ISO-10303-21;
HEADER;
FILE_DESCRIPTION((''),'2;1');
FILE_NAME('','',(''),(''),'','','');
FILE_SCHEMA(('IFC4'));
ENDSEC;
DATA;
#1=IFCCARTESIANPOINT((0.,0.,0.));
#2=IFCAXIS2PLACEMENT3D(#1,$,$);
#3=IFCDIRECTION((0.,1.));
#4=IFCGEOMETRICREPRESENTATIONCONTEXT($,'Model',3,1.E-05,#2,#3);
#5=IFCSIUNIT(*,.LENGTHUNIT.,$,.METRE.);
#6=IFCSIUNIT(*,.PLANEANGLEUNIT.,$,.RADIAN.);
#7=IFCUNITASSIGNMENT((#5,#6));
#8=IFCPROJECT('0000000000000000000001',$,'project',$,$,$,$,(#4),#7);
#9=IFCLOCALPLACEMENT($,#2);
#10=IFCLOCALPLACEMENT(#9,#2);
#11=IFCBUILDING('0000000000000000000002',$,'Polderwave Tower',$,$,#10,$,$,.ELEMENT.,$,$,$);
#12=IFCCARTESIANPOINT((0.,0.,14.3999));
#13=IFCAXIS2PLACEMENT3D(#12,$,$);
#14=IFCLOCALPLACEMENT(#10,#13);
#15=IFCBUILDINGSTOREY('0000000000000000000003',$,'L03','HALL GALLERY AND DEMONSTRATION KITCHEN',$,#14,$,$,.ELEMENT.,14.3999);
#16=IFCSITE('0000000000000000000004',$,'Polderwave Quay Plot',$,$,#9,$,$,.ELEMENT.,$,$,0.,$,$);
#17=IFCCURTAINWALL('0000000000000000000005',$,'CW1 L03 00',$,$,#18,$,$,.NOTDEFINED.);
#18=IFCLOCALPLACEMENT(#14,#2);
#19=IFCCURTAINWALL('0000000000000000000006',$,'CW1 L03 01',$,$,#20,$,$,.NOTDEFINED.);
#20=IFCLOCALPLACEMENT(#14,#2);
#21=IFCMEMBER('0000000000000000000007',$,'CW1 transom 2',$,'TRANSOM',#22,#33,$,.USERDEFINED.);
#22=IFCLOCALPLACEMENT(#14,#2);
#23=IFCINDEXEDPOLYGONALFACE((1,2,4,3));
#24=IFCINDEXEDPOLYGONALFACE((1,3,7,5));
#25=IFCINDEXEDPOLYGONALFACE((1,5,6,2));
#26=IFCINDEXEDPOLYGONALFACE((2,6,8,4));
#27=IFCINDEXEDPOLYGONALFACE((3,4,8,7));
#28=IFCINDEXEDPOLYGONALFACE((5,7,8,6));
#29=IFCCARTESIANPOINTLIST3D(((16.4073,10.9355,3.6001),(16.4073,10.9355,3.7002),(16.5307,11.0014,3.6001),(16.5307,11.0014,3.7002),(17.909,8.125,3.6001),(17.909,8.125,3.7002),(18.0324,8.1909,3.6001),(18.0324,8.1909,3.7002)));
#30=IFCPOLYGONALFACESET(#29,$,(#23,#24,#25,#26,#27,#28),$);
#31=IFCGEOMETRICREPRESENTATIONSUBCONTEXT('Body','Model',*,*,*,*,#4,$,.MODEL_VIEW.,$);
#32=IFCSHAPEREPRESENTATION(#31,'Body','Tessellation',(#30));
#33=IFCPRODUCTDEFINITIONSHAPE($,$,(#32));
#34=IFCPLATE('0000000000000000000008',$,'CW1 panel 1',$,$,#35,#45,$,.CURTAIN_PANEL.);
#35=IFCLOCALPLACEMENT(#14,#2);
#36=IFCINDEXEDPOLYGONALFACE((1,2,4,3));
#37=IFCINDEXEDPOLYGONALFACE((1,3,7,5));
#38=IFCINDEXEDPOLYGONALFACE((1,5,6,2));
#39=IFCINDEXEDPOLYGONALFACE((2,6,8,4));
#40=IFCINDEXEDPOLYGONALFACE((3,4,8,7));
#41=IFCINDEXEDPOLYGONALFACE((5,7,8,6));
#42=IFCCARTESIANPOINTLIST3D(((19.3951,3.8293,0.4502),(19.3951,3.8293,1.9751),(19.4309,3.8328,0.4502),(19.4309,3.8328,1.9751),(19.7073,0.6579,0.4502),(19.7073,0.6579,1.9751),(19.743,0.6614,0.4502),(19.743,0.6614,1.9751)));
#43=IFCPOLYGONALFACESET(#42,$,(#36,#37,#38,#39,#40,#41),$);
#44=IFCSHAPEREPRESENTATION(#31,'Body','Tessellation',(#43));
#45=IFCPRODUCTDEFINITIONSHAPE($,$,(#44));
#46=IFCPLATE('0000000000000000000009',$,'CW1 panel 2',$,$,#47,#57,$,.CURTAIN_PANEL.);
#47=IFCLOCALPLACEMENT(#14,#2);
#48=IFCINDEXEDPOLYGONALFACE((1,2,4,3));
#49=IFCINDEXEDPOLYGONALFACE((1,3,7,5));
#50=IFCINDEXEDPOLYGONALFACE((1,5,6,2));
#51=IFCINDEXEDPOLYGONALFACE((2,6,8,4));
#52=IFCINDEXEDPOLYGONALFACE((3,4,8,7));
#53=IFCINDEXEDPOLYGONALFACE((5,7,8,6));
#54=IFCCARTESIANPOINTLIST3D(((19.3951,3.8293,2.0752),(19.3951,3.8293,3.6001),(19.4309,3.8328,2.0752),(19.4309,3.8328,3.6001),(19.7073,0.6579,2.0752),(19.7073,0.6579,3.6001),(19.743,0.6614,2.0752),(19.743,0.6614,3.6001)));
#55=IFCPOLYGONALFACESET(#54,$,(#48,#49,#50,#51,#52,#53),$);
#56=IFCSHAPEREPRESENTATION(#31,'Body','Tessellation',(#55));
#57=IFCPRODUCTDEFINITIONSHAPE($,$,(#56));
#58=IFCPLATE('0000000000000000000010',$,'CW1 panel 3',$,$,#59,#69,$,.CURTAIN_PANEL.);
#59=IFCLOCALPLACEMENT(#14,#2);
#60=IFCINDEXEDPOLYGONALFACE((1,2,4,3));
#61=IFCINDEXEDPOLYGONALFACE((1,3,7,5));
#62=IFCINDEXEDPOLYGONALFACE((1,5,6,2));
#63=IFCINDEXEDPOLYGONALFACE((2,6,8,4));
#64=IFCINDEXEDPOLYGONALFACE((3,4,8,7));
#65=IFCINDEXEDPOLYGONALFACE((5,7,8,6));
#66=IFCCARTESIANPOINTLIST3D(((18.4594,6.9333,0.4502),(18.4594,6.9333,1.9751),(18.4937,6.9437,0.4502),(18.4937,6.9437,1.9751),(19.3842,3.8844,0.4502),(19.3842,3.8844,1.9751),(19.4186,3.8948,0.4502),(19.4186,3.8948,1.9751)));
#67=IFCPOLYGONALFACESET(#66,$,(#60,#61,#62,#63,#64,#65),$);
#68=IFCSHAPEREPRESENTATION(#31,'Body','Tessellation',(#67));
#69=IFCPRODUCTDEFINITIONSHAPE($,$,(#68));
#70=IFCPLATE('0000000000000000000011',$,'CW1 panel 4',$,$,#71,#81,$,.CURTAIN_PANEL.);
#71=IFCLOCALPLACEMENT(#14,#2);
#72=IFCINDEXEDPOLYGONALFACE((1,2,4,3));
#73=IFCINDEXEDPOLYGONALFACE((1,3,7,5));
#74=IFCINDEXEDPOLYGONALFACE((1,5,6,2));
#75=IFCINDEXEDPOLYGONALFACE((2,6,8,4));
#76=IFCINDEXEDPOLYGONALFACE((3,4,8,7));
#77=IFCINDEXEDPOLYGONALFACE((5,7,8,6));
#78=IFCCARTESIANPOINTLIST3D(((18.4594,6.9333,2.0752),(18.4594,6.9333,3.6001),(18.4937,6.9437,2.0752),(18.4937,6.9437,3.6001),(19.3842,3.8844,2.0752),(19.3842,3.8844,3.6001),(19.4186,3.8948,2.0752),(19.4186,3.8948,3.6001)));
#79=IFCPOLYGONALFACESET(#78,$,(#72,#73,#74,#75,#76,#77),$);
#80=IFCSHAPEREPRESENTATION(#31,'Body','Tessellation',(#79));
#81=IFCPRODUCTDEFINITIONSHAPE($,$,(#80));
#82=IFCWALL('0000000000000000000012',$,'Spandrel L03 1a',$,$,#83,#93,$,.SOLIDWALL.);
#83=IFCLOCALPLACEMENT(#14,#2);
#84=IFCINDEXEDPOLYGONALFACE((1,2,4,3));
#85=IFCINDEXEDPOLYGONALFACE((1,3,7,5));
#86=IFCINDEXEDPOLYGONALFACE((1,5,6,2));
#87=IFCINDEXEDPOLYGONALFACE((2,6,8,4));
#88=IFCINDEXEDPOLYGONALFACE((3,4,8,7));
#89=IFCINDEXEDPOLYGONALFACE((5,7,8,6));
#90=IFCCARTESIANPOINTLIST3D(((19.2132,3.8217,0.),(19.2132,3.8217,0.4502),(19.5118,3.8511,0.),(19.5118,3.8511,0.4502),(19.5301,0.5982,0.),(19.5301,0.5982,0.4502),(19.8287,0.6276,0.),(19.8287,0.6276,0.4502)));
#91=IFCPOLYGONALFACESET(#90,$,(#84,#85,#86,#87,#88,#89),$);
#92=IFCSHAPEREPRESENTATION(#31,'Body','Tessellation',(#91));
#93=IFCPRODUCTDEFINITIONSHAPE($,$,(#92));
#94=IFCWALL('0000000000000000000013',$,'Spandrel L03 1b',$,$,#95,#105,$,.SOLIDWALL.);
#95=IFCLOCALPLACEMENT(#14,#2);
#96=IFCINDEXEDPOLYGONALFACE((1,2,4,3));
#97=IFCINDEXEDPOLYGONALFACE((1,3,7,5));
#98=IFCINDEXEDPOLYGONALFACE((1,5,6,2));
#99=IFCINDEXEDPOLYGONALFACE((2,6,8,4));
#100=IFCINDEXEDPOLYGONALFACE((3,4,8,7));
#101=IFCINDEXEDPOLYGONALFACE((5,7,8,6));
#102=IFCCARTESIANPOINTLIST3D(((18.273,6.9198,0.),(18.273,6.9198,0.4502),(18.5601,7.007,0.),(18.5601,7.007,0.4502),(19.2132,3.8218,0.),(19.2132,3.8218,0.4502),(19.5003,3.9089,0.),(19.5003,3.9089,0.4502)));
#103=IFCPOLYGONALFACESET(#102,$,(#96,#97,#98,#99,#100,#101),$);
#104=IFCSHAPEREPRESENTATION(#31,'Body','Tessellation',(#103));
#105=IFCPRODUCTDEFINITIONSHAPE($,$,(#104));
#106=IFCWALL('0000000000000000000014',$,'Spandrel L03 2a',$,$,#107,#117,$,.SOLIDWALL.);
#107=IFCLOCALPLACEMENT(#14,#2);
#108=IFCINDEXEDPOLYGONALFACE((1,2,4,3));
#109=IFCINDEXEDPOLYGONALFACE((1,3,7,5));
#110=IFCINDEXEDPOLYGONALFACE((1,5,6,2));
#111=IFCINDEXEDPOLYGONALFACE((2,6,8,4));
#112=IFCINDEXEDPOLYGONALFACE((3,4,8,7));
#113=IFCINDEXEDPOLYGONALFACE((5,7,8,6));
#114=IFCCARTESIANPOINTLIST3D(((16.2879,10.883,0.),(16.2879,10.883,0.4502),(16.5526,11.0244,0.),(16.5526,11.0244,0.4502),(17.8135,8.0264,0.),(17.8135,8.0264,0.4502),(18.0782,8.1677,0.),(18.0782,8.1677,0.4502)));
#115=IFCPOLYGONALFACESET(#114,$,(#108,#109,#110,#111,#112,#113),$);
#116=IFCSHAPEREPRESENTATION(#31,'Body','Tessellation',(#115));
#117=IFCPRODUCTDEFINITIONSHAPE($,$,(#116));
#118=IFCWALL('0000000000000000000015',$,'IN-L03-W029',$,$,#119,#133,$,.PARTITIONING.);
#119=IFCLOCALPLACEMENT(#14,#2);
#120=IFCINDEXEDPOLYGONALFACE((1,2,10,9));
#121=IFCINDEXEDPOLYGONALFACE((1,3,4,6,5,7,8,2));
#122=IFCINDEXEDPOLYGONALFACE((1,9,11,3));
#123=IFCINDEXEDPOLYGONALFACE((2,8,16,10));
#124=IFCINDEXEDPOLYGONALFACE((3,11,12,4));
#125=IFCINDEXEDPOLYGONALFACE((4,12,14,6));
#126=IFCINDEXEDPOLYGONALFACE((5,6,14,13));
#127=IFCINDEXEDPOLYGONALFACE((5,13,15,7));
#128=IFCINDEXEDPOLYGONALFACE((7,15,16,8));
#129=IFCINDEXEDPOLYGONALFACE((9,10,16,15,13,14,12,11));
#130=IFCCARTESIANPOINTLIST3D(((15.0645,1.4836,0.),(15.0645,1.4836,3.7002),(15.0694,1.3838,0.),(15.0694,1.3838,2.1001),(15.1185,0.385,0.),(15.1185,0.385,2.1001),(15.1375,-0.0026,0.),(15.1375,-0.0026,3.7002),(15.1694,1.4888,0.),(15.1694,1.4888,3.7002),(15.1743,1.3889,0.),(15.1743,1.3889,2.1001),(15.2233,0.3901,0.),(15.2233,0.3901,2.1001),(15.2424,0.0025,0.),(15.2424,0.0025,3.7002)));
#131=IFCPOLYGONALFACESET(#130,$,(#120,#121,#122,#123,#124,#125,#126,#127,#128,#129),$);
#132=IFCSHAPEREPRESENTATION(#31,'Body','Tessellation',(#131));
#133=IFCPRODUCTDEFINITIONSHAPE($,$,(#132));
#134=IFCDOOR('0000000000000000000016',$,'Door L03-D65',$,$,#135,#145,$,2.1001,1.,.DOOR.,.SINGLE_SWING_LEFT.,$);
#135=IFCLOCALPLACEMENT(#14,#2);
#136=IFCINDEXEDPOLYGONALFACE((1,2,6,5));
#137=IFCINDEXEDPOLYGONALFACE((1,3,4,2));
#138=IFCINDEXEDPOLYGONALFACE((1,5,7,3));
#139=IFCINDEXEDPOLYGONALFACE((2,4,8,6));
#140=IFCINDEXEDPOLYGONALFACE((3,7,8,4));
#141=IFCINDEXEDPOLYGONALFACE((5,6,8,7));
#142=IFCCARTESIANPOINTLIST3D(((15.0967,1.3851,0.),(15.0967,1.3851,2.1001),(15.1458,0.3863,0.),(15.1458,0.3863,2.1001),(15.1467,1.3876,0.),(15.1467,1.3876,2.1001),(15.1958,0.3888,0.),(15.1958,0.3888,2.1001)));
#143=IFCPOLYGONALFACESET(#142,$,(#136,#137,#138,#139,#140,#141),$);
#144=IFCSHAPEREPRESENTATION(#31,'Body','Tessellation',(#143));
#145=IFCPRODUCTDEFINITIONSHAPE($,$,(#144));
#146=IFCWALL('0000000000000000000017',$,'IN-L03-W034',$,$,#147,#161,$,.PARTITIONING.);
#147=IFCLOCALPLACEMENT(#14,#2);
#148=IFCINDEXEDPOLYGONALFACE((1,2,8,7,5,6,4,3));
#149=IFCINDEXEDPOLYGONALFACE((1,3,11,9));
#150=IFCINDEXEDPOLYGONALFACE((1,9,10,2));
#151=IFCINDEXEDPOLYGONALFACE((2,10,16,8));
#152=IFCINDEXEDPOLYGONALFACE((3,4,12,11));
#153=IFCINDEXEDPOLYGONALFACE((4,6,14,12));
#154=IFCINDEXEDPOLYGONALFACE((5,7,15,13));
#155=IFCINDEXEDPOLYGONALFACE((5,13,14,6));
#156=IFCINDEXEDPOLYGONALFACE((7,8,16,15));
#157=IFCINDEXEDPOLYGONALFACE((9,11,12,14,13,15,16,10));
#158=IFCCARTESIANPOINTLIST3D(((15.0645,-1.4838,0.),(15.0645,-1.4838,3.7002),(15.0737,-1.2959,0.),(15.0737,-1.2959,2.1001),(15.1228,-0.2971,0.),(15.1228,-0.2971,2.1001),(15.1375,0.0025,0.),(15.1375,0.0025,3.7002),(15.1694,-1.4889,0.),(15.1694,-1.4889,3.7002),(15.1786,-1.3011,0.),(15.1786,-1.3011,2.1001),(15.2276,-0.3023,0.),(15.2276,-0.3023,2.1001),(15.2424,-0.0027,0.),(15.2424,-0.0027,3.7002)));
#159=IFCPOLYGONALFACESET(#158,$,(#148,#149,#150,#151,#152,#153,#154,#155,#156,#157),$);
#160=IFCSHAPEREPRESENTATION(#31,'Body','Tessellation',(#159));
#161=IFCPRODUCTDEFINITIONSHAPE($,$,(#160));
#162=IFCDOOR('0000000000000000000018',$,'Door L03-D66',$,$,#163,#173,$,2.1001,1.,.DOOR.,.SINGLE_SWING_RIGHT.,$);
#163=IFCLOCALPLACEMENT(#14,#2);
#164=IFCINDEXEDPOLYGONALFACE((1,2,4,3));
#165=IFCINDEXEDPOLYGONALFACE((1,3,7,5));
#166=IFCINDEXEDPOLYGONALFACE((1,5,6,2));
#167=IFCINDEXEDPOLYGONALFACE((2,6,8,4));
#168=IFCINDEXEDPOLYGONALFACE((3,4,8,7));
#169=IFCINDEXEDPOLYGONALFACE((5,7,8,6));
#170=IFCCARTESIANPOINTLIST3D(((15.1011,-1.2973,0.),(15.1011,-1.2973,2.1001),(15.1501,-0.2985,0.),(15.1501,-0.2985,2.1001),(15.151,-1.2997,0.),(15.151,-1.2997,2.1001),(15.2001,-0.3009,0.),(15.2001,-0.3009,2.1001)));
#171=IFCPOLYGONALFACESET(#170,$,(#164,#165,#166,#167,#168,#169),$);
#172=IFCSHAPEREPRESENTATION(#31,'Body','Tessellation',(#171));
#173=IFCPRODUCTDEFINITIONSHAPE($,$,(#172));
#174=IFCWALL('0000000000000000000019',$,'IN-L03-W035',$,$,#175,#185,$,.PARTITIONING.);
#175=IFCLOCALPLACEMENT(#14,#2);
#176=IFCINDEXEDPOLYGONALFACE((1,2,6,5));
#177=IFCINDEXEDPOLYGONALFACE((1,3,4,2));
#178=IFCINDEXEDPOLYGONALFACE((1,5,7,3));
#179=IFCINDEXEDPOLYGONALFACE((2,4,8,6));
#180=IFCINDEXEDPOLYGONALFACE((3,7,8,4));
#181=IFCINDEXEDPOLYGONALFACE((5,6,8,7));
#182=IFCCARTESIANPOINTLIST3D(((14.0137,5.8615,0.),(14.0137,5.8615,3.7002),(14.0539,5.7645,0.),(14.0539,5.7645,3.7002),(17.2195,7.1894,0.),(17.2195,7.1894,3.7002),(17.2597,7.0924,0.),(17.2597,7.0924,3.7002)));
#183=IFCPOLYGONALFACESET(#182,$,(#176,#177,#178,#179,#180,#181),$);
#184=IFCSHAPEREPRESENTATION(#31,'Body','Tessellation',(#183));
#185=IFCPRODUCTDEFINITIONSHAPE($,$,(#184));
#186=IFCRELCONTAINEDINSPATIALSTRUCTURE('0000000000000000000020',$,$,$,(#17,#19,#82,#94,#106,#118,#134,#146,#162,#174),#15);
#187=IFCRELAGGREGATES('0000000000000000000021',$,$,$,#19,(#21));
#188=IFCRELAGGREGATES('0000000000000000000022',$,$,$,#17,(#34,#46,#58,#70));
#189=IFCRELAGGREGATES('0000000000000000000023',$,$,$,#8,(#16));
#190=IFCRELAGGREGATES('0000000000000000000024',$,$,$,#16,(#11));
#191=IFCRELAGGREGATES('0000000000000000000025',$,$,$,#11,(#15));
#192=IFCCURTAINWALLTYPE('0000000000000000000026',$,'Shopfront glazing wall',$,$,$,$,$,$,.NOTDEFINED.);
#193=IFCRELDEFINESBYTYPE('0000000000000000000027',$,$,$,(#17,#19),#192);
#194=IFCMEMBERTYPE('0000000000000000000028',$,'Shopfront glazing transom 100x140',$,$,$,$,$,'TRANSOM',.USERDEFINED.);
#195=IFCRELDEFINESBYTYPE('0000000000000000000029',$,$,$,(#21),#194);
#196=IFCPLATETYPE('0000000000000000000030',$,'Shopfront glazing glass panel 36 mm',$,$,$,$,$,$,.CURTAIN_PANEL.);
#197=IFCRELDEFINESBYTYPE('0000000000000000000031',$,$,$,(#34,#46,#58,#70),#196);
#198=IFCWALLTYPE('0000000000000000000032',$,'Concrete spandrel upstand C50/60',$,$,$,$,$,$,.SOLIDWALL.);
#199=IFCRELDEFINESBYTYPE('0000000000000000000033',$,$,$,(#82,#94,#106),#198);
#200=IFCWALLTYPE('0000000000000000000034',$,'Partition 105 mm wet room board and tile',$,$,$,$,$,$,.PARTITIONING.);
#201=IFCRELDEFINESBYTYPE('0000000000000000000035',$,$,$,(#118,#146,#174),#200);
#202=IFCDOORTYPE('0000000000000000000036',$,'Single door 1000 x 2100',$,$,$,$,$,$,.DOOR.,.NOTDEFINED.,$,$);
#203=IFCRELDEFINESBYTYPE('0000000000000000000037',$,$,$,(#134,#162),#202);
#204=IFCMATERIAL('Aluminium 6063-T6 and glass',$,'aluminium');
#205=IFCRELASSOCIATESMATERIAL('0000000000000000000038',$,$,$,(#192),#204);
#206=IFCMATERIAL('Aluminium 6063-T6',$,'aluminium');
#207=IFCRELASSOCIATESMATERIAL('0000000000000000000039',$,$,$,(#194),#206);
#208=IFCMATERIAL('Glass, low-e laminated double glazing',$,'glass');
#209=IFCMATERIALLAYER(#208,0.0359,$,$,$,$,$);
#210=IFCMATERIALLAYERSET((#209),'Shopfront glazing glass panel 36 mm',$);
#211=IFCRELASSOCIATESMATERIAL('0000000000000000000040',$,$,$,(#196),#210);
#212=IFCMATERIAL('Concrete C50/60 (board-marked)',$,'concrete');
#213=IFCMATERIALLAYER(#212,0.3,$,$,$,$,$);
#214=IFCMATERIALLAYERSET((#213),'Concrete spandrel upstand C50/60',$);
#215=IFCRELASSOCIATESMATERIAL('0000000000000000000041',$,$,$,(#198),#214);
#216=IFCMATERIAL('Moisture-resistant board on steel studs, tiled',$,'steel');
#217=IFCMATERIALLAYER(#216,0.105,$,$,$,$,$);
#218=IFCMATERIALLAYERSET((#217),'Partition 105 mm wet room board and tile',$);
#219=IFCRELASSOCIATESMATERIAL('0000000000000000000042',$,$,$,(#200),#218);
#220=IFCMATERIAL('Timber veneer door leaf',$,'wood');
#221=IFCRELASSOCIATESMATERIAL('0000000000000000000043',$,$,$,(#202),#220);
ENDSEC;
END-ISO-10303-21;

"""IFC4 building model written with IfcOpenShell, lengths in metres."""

from ifc_helpers import new_model, si_unit, direction, frame, frame_2d, origin, origin_2d, place, context, subcontext, project, spatial, rectangle, extrude, material, layer, layer_set, material_profile, profile_set, type_object, element, fill, aggregate, save


model = new_model("IFC4")

# Units and contexts
model_context = context("Model", 3, precision=1e-05, world=origin(), true_north=direction((0.0, 1.0)))
body_context = subcontext(model_context, "Body", "Model", "MODEL_VIEW")
ifc_project = project(units=[si_unit("LENGTHUNIT", "METRE"), si_unit("PLANEANGLEUNIT", "RADIAN")], contexts=[model_context])

# Site, building, storey
site_placement = place(None, origin())
site = spatial("IfcSite", under=ifc_project, at=site_placement, Name="Polderwave Quay Plot", CompositionType="ELEMENT", RefElevation=0.0)
building_placement = place(site_placement, origin())
building = spatial("IfcBuilding", under=site, at=building_placement, Name="Polderwave Tower", CompositionType="ELEMENT")
storey_placement = place(building_placement, frame((0.0, 0.0, 14.3999)))
storey = spatial("IfcBuildingStorey", under=building, at=storey_placement, Name="L03", Description="HALL GALLERY AND DEMONSTRATION KITCHEN", CompositionType="ELEMENT", Elevation=14.3999)

# Curtain wall
ifc_material_1 = material(Name="Aluminium 6063-T6 and glass", Category="aluminium")
curtain_wall_type = type_object("IfcCurtainWallType", Name="Shopfront glazing wall", PredefinedType="NOTDEFINED", material=ifc_material_1)
curtain_wall_1_placement = place(storey_placement, origin())
curtain_wall_1 = element("IfcCurtainWall", 1, at=curtain_wall_1_placement, inside=storey, type_object=curtain_wall_type, Name="CW1 L03 00", PredefinedType="NOTDEFINED")
ifc_material_2 = material(Name="Aluminium 6063-T6", Category="aluminium")

# Curtain wall
curtain_wall_2_placement = place(storey_placement, origin())
curtain_wall_2 = element("IfcCurtainWall", 2, at=curtain_wall_2_placement, inside=storey, type_object=curtain_wall_type, Name="CW1 L03 01", PredefinedType="NOTDEFINED")

# Member
ifc_material_profile_1 = material_profile(ifc_material_2, rectangle(XDim=0.1399, YDim=0.1001, at=origin_2d()), Name="AL 100x140")
ifc_profile_set_1 = profile_set([ifc_material_profile_1], Name="Aluminium 6063-T6")
member_type_1 = type_object("IfcMemberType", Name="Shopfront glazing transom 100x140", ElementType="TRANSOM", PredefinedType="USERDEFINED", material=ifc_profile_set_1)
member_1_placement = place(storey_placement, frame((17.9707, 8.158, 3.6501), z_axis=(-0.47126, 0.881994, 0.0), x_axis=(-0.881994, -0.47126, 0.0)))
member_1 = element("IfcMember", 3, at=member_1_placement, type_object=member_type_1, Name="CW1 transom 2", ObjectType="TRANSOM", PredefinedType="USERDEFINED", context=body_context, shape_type="SweptSolid", body=[
    extrude(rectangle(XDim=0.1399, YDim=0.1001, at=origin_2d()), origin(), (0.0, 0.0, 1.0), 3.1865),
])
aggregate(curtain_wall_2, [member_1])

# Plates
ifc_material_3 = material(Name="Glass, low-e laminated double glazing", Category="glass")
ifc_layer_1 = layer(ifc_material_3, 0.0359)
ifc_layer_set_1 = layer_set([ifc_layer_1], Name="Shopfront glazing glass panel 36 mm")
plate_type = type_object("IfcPlateType", Name="Shopfront glazing glass panel 36 mm", PredefinedType="CURTAIN_PANEL", material=ifc_layer_set_1)
plate_1_placement = place(storey_placement, frame((19.5691, 2.2454, 0.4502), z_axis=(0.0, 0.0, 1.0), x_axis=(-0.097963, 0.99519, 0.0)))
plate_1 = element("IfcPlate", 4, at=plate_1_placement, type_object=plate_type, Name="CW1 panel 1", PredefinedType="CURTAIN_PANEL", context=body_context, shape_type="SweptSolid", body=[
    extrude(rectangle(XDim=3.1868, YDim=0.0359, at=origin_2d()), origin(), (0.0, 0.0, 1.0), 1.5249),
])
plate_2_placement = place(storey_placement, frame((19.5691, 2.2454, 2.0752), z_axis=(0.0, 0.0, 1.0), x_axis=(-0.097963, 0.99519, 0.0)))
plate_2 = element("IfcPlate", 5, at=plate_2_placement, type_object=plate_type, Name="CW1 panel 2", PredefinedType="CURTAIN_PANEL", context=body_context, shape_type="SweptSolid", body=[
    extrude(rectangle(XDim=3.1868, YDim=0.0359, at=origin_2d()), origin(), (0.0, 0.0, 1.0), 1.5249),
])
plate_3_placement = place(storey_placement, frame((18.939, 5.4141, 0.4502), z_axis=(0.0, 0.0, 1.0), x_axis=(-0.290286, 0.95694, 0.0)))
plate_3 = element("IfcPlate", 6, at=plate_3_placement, type_object=plate_type, Name="CW1 panel 3", PredefinedType="CURTAIN_PANEL", context=body_context, shape_type="SweptSolid", body=[
    extrude(rectangle(XDim=3.186, YDim=0.0359, at=origin_2d()), origin(), (0.0, 0.0, 1.0), 1.5249),
])
plate_4_placement = place(storey_placement, frame((18.939, 5.4141, 2.0752), z_axis=(0.0, 0.0, 1.0), x_axis=(-0.290286, 0.95694, 0.0)))
plate_4 = element("IfcPlate", 7, at=plate_4_placement, type_object=plate_type, Name="CW1 panel 4", PredefinedType="CURTAIN_PANEL", context=body_context, shape_type="SweptSolid", body=[
    extrude(rectangle(XDim=3.186, YDim=0.0359, at=origin_2d()), origin(), (0.0, 0.0, 1.0), 1.5249),
])
aggregate(curtain_wall_1, [plate_1, plate_2, plate_3, plate_4])

# Walls
ifc_material_4 = material(Name="Concrete C50/60 (board-marked)", Category="concrete")
ifc_layer_2 = layer(ifc_material_4, 0.3)
ifc_layer_set_2 = layer_set([ifc_layer_2], Name="Concrete spandrel upstand C50/60")
wall_type_1 = type_object("IfcWallType", Name="Concrete spandrel upstand C50/60", PredefinedType="SOLIDWALL", material=ifc_layer_set_2)
wall_1_placement = place(storey_placement, frame((19.6794, 0.6128, 0.0), z_axis=(0.0, 0.0, 1.0), x_axis=(-0.097839, 0.995202, 0.0)))
element("IfcWall", 8, at=wall_1_placement, inside=storey, type_object=wall_type_1, Name="Spandrel L03 1a", PredefinedType="SOLIDWALL", context=body_context, shape_type="SweptSolid", body=[
    extrude(rectangle(XDim=3.239, YDim=0.3, at=frame_2d((1.6196, 0.0))), origin(), (0.0, 0.0, 1.0), 0.4502),
])
wall_2_placement = place(storey_placement, frame((19.3567, 3.8655, 0.0), z_axis=(0.0, 0.0, 1.0), x_axis=(-0.29039, 0.956908, 0.0)))
element("IfcWall", 9, at=wall_2_placement, inside=storey, type_object=wall_type_1, Name="Spandrel L03 1b", PredefinedType="SOLIDWALL", context=body_context, shape_type="SweptSolid", body=[
    extrude(rectangle(XDim=3.2375, YDim=0.3, at=frame_2d((1.6187, 0.0))), origin(), (0.0, 0.0, 1.0), 0.4502),
])
wall_3_placement = place(storey_placement, frame((17.9458, 8.0972, 0.0), z_axis=(0.0, 0.0, 1.0), x_axis=(-0.471085, 0.882088, 0.0)))
element("IfcWall", 10, at=wall_3_placement, inside=storey, type_object=wall_type_1, Name="Spandrel L03 2a", PredefinedType="SOLIDWALL", context=body_context, shape_type="SweptSolid", body=[
    extrude(rectangle(XDim=3.2385, YDim=0.3, at=frame_2d((1.6191, 0.0))), origin(), (0.0, 0.0, 1.0), 0.4502),
])

# Walls, openings, doors
ifc_material_5 = material(Name="Moisture-resistant board on steel studs, tiled", Category="steel")
ifc_layer_3 = layer(ifc_material_5, 0.105)
ifc_layer_set_3 = layer_set([ifc_layer_3], Name="Partition 105 mm wet room board and tile")
wall_type_2 = type_object("IfcWallType", Name="Partition 105 mm wet room board and tile", PredefinedType="PARTITIONING", material=ifc_layer_set_3)
wall_4_placement = place(storey_placement, frame((15.1169, 1.4863, 0.0), z_axis=(0.0, 0.0, 1.0), x_axis=(0.049054, -0.998796, 0.0)))
wall_4 = element("IfcWall", 11, at=wall_4_placement, inside=storey, type_object=wall_type_2, Name="IN-L03-W029", PredefinedType="PARTITIONING", context=body_context, shape_type="SweptSolid", body=[
    extrude(rectangle(XDim=1.488, YDim=0.105, at=frame_2d((0.7441, 0.0))), origin(), (0.0, 0.0, 1.0), 3.7002),
])
opening_1_placement = place(wall_4_placement, frame((0.1001, 0.0, 0.0)))
opening_1 = element("IfcOpeningElement", 12, at=opening_1_placement, cuts=wall_4, PredefinedType="OPENING", context=body_context, shape_type="SweptSolid", body=[
    extrude(rectangle(XDim=1.0, YDim=2.1001, at=frame_2d((0.5, 1.05))), frame((0.0, 0.0625, 0.0), z_axis=(0.0, -1.0, 0.0), x_axis=(1.0, 0.0, 0.0)), (0.0, 0.0, 1.0), 0.125),
])
ifc_material_6 = material(Name="Timber veneer door leaf", Category="wood")
door_type = type_object("IfcDoorType", Name="Single door 1000 x 2100", OperationType="NOTDEFINED", PredefinedType="DOOR", material=ifc_material_6)
door_1_placement = place(opening_1_placement, origin())
door_1 = element("IfcDoor", 13, at=door_1_placement, inside=storey, type_object=door_type, Name="Door L03-D65", OperationType="SINGLE_SWING_LEFT", OverallHeight=2.1001, OverallWidth=1.0, PredefinedType="DOOR", context=body_context, shape_type="SweptSolid", body=[
    extrude(rectangle(XDim=1.0, YDim=2.1001, at=frame_2d((0.5, 1.05))), frame((0.0, 0.0249, 0.0), z_axis=(0.0, -1.0, 0.0), x_axis=(1.0, 0.0, 0.0)), (0.0, 0.0, 1.0), 0.05),
])
fill(opening_1, door_1)
wall_5_placement = place(storey_placement, frame((15.1899, 0.0, 0.0), z_axis=(0.0, 0.0, 1.0), x_axis=(-0.049054, -0.998796, 0.0)))
wall_5 = element("IfcWall", 14, at=wall_5_placement, inside=storey, type_object=wall_type_2, Name="IN-L03-W034", PredefinedType="PARTITIONING", context=body_context, shape_type="SweptSolid", body=[
    extrude(rectangle(XDim=1.488, YDim=0.105, at=frame_2d((0.7441, 0.0))), origin(), (0.0, 0.0, 1.0), 3.7002),
])
opening_2_placement = place(wall_5_placement, frame((0.3, 0.0, 0.0)))
opening_2 = element("IfcOpeningElement", 15, at=opening_2_placement, cuts=wall_5, PredefinedType="OPENING", context=body_context, shape_type="SweptSolid", body=[
    extrude(rectangle(XDim=1.0, YDim=2.1001, at=frame_2d((0.5, 1.05))), frame((0.0, 0.0625, 0.0), z_axis=(0.0, -1.0, 0.0), x_axis=(1.0, 0.0, 0.0)), (0.0, 0.0, 1.0), 0.125),
])
door_2_placement = place(opening_2_placement, origin())
door_2 = element("IfcDoor", 16, at=door_2_placement, inside=storey, type_object=door_type, Name="Door L03-D66", OperationType="SINGLE_SWING_RIGHT", OverallHeight=2.1001, OverallWidth=1.0, PredefinedType="DOOR", context=body_context, shape_type="SweptSolid", body=[
    extrude(rectangle(XDim=1.0, YDim=2.1001, at=frame_2d((0.5, 1.05))), frame((0.0, 0.0249, 0.0), z_axis=(0.0, -1.0, 0.0), x_axis=(1.0, 0.0, 0.0)), (0.0, 0.0, 1.0), 0.05),
])
fill(opening_2, door_2)

# Wall
wall_6_placement = place(storey_placement, frame((17.2395, 7.1409, 0.0), z_axis=(0.0, 0.0, 1.0), x_axis=(-0.92388, -0.382681, 0.0)))
element("IfcWall", 17, at=wall_6_placement, inside=storey, type_object=wall_type_2, Name="IN-L03-W035", PredefinedType="PARTITIONING", context=body_context, shape_type="SweptSolid", body=[
    extrude(rectangle(XDim=3.47, YDim=0.105, at=frame_2d((1.7349, 0.0))), origin(), (0.0, 0.0, 1.0), 3.7002),
])

save(model, "model.ifc")
